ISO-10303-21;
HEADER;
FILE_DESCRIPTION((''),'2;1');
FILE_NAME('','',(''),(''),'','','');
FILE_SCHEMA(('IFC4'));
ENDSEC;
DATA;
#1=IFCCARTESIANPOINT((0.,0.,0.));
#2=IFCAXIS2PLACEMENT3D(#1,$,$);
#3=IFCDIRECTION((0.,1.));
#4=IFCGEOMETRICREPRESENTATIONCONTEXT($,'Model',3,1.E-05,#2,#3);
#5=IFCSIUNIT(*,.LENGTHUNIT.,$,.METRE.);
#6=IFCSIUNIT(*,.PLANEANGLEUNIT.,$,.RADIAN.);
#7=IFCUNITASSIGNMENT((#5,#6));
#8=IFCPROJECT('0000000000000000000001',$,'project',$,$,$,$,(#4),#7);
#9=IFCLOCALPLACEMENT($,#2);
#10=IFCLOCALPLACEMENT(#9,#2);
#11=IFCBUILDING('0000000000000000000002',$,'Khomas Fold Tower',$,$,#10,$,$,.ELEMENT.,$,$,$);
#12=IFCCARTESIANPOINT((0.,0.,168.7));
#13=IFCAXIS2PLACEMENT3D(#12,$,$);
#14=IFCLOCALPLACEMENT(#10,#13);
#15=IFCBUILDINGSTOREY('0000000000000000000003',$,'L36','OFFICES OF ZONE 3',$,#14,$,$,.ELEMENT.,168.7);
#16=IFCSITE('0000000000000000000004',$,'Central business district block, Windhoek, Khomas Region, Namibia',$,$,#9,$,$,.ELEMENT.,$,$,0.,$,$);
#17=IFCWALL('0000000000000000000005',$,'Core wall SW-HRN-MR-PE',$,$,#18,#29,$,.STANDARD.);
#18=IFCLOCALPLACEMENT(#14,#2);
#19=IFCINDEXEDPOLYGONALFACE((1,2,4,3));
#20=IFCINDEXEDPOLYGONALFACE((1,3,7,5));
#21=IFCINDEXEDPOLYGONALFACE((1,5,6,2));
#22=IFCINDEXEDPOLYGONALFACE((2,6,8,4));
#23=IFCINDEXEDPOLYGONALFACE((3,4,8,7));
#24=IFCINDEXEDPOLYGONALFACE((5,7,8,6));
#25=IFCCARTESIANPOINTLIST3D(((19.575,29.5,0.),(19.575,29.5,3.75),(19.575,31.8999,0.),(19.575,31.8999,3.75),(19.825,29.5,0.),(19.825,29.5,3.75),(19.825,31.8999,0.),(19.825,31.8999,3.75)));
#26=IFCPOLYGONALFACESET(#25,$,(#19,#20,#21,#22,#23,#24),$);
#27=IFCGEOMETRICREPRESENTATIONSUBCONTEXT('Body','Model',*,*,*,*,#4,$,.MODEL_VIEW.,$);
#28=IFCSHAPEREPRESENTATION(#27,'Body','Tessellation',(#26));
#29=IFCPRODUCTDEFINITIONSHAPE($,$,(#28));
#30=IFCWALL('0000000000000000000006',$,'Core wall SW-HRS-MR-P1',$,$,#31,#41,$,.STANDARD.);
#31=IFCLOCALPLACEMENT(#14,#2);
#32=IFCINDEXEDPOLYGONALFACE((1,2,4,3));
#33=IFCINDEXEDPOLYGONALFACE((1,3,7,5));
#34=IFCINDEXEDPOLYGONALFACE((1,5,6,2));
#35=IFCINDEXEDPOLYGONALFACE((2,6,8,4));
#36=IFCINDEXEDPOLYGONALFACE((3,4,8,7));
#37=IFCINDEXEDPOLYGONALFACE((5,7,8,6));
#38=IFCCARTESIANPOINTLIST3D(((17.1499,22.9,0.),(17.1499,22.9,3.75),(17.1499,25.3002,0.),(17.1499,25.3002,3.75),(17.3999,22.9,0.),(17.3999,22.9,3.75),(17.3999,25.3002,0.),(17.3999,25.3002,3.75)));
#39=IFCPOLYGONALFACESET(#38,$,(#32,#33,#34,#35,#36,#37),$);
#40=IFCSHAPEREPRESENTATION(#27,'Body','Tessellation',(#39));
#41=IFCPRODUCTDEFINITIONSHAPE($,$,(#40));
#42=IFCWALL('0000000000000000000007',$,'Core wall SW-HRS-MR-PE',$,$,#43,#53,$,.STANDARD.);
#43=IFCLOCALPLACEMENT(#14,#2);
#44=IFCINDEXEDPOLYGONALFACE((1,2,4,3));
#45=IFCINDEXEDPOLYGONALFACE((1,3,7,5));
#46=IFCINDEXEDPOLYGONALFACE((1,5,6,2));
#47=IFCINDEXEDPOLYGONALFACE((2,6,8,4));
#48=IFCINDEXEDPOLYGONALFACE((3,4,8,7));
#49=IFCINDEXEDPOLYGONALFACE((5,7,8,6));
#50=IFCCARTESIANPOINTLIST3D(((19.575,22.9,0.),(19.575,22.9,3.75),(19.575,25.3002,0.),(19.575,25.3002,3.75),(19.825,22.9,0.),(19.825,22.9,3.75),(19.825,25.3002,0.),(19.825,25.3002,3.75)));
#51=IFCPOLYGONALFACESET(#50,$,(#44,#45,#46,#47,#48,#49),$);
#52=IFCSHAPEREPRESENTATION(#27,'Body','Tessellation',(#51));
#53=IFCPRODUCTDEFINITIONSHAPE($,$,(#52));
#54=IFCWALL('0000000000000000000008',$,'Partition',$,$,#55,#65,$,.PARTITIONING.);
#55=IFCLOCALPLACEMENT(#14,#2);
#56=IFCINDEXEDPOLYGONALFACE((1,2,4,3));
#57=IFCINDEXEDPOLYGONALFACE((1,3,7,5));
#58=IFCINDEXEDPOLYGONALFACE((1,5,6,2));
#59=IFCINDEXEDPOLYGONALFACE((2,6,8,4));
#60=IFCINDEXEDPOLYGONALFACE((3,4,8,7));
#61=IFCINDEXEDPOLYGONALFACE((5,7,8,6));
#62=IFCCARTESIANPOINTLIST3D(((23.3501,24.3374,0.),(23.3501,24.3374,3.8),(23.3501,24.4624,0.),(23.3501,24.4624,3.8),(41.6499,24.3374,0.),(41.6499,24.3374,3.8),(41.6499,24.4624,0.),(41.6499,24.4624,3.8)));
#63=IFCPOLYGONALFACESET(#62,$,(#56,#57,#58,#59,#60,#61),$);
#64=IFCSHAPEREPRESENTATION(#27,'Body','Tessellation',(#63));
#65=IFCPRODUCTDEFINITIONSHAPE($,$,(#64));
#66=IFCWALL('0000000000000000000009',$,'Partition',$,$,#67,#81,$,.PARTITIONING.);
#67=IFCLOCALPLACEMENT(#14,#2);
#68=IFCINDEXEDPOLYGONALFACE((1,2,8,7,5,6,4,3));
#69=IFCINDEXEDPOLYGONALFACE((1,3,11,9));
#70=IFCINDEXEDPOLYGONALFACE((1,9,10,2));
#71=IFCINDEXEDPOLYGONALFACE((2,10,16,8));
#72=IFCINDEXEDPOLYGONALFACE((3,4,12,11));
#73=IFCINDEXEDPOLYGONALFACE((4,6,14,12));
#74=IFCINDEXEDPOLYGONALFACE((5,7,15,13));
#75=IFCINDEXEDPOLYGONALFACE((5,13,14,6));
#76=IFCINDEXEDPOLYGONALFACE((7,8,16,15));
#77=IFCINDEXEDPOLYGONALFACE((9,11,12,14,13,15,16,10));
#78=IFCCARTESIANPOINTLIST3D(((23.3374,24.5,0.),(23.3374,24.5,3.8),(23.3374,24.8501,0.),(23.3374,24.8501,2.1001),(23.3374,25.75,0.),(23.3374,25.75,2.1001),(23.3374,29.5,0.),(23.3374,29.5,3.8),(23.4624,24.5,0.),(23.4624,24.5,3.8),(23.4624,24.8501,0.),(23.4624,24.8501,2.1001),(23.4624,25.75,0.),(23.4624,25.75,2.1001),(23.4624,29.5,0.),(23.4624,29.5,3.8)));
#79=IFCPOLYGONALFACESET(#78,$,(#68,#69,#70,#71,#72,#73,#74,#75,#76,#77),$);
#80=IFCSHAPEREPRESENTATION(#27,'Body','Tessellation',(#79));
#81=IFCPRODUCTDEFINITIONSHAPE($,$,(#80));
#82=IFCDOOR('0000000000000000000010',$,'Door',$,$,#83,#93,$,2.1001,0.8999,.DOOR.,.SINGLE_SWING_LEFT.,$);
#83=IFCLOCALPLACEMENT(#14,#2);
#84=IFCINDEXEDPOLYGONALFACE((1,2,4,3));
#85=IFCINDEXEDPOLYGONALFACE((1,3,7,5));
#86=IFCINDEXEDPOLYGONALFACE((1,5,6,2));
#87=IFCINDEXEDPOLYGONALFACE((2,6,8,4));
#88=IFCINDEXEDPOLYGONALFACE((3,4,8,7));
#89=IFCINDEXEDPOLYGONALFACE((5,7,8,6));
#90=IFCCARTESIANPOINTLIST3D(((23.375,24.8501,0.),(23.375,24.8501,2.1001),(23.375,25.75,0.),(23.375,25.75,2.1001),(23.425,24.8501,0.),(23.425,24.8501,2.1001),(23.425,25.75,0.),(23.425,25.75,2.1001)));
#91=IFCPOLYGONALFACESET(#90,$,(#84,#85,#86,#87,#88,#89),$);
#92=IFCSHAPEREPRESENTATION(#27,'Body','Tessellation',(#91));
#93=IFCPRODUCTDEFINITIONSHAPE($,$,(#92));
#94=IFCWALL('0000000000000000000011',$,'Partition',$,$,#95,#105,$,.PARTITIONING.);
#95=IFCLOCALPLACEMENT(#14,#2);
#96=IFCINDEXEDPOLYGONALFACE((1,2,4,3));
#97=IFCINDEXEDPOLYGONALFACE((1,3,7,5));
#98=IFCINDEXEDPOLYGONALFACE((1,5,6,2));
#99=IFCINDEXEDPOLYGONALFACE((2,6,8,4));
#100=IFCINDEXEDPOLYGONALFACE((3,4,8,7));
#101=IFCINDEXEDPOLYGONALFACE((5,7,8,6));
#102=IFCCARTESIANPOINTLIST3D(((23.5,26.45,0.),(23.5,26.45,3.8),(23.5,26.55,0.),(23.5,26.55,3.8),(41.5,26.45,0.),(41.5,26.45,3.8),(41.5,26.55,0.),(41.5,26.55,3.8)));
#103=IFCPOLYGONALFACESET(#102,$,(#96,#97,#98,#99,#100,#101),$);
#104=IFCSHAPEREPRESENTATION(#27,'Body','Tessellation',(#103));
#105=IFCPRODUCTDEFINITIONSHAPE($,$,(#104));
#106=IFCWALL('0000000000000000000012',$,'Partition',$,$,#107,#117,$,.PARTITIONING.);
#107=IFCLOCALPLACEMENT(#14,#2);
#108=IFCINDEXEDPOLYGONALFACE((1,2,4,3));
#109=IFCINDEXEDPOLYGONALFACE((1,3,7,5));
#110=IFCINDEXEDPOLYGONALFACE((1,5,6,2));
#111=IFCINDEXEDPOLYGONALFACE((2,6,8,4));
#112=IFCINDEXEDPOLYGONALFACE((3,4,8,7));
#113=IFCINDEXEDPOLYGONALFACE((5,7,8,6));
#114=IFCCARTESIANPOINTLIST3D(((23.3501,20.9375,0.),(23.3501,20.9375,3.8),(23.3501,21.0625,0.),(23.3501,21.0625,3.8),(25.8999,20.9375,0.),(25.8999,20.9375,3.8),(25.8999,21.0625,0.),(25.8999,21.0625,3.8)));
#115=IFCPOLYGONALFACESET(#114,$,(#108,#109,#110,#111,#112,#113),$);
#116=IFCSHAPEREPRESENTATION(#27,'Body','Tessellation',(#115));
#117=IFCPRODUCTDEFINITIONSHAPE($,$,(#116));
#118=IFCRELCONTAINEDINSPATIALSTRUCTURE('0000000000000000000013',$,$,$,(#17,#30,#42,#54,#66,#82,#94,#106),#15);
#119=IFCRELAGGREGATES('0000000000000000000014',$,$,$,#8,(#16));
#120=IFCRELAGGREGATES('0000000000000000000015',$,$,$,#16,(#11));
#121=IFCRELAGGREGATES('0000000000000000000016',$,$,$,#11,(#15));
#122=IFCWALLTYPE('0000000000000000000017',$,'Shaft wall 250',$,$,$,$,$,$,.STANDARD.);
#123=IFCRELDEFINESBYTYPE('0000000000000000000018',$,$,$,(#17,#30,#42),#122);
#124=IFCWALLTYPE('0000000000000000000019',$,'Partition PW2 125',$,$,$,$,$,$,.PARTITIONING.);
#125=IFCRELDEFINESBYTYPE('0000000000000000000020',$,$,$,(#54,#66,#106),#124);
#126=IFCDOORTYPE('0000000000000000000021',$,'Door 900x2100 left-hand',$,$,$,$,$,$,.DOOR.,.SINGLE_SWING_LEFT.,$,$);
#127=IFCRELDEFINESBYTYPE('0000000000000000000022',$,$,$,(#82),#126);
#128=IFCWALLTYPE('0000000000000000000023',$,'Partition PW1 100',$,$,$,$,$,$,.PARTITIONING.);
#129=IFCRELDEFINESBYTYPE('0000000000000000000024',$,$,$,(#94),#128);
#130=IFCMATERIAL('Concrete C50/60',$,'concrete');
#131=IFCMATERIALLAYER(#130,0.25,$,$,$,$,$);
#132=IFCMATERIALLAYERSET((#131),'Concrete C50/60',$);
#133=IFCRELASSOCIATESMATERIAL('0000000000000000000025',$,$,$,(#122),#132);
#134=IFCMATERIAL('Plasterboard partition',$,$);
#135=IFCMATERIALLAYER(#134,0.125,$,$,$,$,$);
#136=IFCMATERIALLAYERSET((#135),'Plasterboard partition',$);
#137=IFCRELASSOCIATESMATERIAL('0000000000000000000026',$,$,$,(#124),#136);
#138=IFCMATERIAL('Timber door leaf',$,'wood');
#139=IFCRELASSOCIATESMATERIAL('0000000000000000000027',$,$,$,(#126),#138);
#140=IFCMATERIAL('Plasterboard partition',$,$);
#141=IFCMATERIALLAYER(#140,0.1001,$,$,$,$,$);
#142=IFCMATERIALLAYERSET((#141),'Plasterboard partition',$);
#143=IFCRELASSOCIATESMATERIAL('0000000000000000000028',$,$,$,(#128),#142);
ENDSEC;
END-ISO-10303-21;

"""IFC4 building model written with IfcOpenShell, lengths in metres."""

from ifc_helpers import new_model, si_unit, direction, frame, frame_2d, origin, place, context, subcontext, project, spatial, rectangle, extrude, source, transform, mapped, material, layer, layer_set, type_object, element, fill, save


model = new_model("IFC4")

# Units and contexts
model_context = context("Model", 3, precision=1e-05, world=origin(), true_north=direction((0.0, 1.0)))
body_context = subcontext(model_context, "Body", "Model", "MODEL_VIEW")
ifc_project = project(units=[si_unit("LENGTHUNIT", "METRE"), si_unit("PLANEANGLEUNIT", "RADIAN")], contexts=[model_context])

# Site, building, storey
site_placement = place(None, origin())
site = spatial("IfcSite", under=ifc_project, at=site_placement, Name="Central business district block, Windhoek, Khomas Region, Namibia", CompositionType="ELEMENT", RefElevation=0.0)
building_placement = place(site_placement, origin())
building = spatial("IfcBuilding", under=site, at=building_placement, Name="Khomas Fold Tower", CompositionType="ELEMENT")
storey_placement = place(building_placement, frame((0.0, 0.0, 168.7)))
storey = spatial("IfcBuildingStorey", under=building, at=storey_placement, Name="L36", Description="OFFICES OF ZONE 3", CompositionType="ELEMENT", Elevation=168.7)

# Walls
ifc_material_1 = material(Name="Concrete C50/60", Category="concrete")
ifc_layer_1 = layer(ifc_material_1, 0.25)
ifc_layer_set_1 = layer_set([ifc_layer_1], Name="Concrete C50/60")
wall_type_1 = type_object("IfcWallType", Name="Shaft wall 250", PredefinedType="STANDARD", material=ifc_layer_set_1)
shared_shape_1 = source(origin(), body_context, "Body", "SweptSolid", [
    extrude(rectangle(XDim=2.3999, YDim=0.25, at=frame_2d((1.2, 0.0))), origin(), (0.0, 0.0, 1.0), 3.75),
])
for number, where, z_axis, x_axis, name in (
    (1, (19.7, 29.5, 0.0), (0.0, 0.0, 1.0), (0.0, 1.0, 0.0), "Core wall SW-HRN-MR-PE"),
):
    element("IfcWall", number, at=place(storey_placement, frame(where, z_axis=z_axis, x_axis=x_axis)), inside=storey, type_object=wall_type_1, Name=name, PredefinedType="STANDARD", context=body_context, shape_type="MappedRepresentation", body=[
        mapped(shared_shape_1, transform((0.0, 0.0, 0.0))),
    ])
shared_shape_2 = source(origin(), body_context, "Body", "SweptSolid", [
    extrude(rectangle(XDim=2.4001, YDim=0.25, at=frame_2d((1.2002, 0.0))), origin(), (0.0, 0.0, 1.0), 3.75),
])
for number, where, z_axis, x_axis, name in (
    (2, (17.2749, 22.8999, 0.0), (0.0, 0.0, 1.0), (0.0, 1.0, 0.0), "Core wall SW-HRS-MR-P1"),
    (3, (19.7, 22.8999, 0.0), (0.0, 0.0, 1.0), (0.0, 1.0, 0.0), "Core wall SW-HRS-MR-PE"),
):
    element("IfcWall", number, at=place(storey_placement, frame(where, z_axis=z_axis, x_axis=x_axis)), inside=storey, type_object=wall_type_1, Name=name, PredefinedType="STANDARD", context=body_context, shape_type="MappedRepresentation", body=[
        mapped(shared_shape_2, transform((0.0, 0.0, 0.0))),
    ])
ifc_material_2 = material(Name="Plasterboard partition")
ifc_layer_2 = layer(ifc_material_2, 0.125)
ifc_layer_set_2 = layer_set([ifc_layer_2], Name="Plasterboard partition")
wall_type_2 = type_object("IfcWallType", Name="Partition PW2 125", PredefinedType="PARTITIONING", material=ifc_layer_set_2)
shared_shape_3 = source(origin(), body_context, "Body", "SweptSolid", [
    extrude(rectangle(XDim=18.2998, YDim=0.125, at=frame_2d((9.1499, 0.0))), origin(), (0.0, 0.0, 1.0), 3.8),
])
wall_1_placement = place(storey_placement, frame((23.3501, 24.3999, 0.0), z_axis=(0.0, 0.0, 1.0), x_axis=(1.0, 0.0, 0.0)))
element("IfcWall", 4, at=wall_1_placement, inside=storey, type_object=wall_type_2, Name="Partition", PredefinedType="PARTITIONING", context=body_context, shape_type="MappedRepresentation", body=[
    mapped(shared_shape_3, transform((0.0, 0.0, 0.0))),
])

# Wall, opening, door
shared_shape_4 = source(origin(), body_context, "Body", "SweptSolid", [
    extrude(rectangle(XDim=5.0, YDim=0.125, at=frame_2d((2.5, 0.0))), origin(), (0.0, 0.0, 1.0), 3.8),
])
wall_2_placement = place(storey_placement, frame((23.3999, 24.5, 0.0), z_axis=(0.0, 0.0, 1.0), x_axis=(0.0, 1.0, 0.0)))
wall_2 = element("IfcWall", 5, at=wall_2_placement, inside=storey, type_object=wall_type_2, Name="Partition", PredefinedType="PARTITIONING", context=body_context, shape_type="MappedRepresentation", body=[
    mapped(shared_shape_4, transform((0.0, 0.0, 0.0))),
])
shared_shape_5 = source(origin(), body_context, "Body", "SweptSolid", [
    extrude(rectangle(XDim=0.8999, YDim=2.1001, at=frame_2d((0.45, 1.05))), frame((0.0, 0.0725, 0.0), z_axis=(0.0, -1.0, 0.0), x_axis=(1.0, 0.0, 0.0)), (0.0, 0.0, 1.0), 0.145),
])
opening_placement = place(wall_2_placement, frame((0.3501, 0.0, 0.0)))
opening = element("IfcOpeningElement", 6, at=opening_placement, cuts=wall_2, PredefinedType="OPENING", context=body_context, shape_type="MappedRepresentation", body=[
    mapped(shared_shape_5, transform((0.0, 0.0, 0.0))),
])
ifc_material_3 = material(Name="Timber door leaf", Category="wood")
door_type = type_object("IfcDoorType", Name="Door 900x2100 left-hand", OperationType="SINGLE_SWING_LEFT", PredefinedType="DOOR", material=ifc_material_3)
shared_shape_6 = source(origin(), body_context, "Body", "SweptSolid", [
    extrude(rectangle(XDim=0.8999, YDim=2.1001, at=frame_2d((0.45, 1.05))), frame((0.0, 0.0249, 0.0), z_axis=(0.0, -1.0, 0.0), x_axis=(1.0, 0.0, 0.0)), (0.0, 0.0, 1.0), 0.05),
])
door_placement = place(opening_placement, origin())
door = element("IfcDoor", 7, at=door_placement, inside=storey, type_object=door_type, Name="Door", OperationType="SINGLE_SWING_LEFT", OverallHeight=2.1001, OverallWidth=0.8999, PredefinedType="DOOR", context=body_context, shape_type="MappedRepresentation", body=[
    mapped(shared_shape_6, transform((0.0, 0.0, 0.0))),
])
fill(opening, door)

# Walls
ifc_material_4 = material(Name="Plasterboard partition")
ifc_layer_3 = layer(ifc_material_4, 0.1001)
ifc_layer_set_3 = layer_set([ifc_layer_3], Name="Plasterboard partition")
wall_type_3 = type_object("IfcWallType", Name="Partition PW1 100", PredefinedType="PARTITIONING", material=ifc_layer_set_3)
shared_shape_7 = source(origin(), body_context, "Body", "SweptSolid", [
    extrude(rectangle(XDim=18.0, YDim=0.1001, at=frame_2d((9.0, 0.0))), origin(), (0.0, 0.0, 1.0), 3.8),
])
wall_3_placement = place(storey_placement, frame((23.5, 26.5, 0.0), z_axis=(0.0, 0.0, 1.0), x_axis=(1.0, 0.0, 0.0)))
element("IfcWall", 8, at=wall_3_placement, inside=storey, type_object=wall_type_3, Name="Partition", PredefinedType="PARTITIONING", context=body_context, shape_type="MappedRepresentation", body=[
    mapped(shared_shape_7, transform((0.0, 0.0, 0.0))),
])
shared_shape_8 = source(origin(), body_context, "Body", "SweptSolid", [
    extrude(rectangle(XDim=2.5498, YDim=0.125, at=frame_2d((1.2749, 0.0))), origin(), (0.0, 0.0, 1.0), 3.8),
])
wall_4_placement = place(storey_placement, frame((23.3501, 21.0, 0.0), z_axis=(0.0, 0.0, 1.0), x_axis=(1.0, 0.0, 0.0)))
element("IfcWall", 9, at=wall_4_placement, inside=storey, type_object=wall_type_2, Name="Partition", PredefinedType="PARTITIONING", context=body_context, shape_type="MappedRepresentation", body=[
    mapped(shared_shape_8, transform((0.0, 0.0, 0.0))),
])

save(model, "model.ifc")
